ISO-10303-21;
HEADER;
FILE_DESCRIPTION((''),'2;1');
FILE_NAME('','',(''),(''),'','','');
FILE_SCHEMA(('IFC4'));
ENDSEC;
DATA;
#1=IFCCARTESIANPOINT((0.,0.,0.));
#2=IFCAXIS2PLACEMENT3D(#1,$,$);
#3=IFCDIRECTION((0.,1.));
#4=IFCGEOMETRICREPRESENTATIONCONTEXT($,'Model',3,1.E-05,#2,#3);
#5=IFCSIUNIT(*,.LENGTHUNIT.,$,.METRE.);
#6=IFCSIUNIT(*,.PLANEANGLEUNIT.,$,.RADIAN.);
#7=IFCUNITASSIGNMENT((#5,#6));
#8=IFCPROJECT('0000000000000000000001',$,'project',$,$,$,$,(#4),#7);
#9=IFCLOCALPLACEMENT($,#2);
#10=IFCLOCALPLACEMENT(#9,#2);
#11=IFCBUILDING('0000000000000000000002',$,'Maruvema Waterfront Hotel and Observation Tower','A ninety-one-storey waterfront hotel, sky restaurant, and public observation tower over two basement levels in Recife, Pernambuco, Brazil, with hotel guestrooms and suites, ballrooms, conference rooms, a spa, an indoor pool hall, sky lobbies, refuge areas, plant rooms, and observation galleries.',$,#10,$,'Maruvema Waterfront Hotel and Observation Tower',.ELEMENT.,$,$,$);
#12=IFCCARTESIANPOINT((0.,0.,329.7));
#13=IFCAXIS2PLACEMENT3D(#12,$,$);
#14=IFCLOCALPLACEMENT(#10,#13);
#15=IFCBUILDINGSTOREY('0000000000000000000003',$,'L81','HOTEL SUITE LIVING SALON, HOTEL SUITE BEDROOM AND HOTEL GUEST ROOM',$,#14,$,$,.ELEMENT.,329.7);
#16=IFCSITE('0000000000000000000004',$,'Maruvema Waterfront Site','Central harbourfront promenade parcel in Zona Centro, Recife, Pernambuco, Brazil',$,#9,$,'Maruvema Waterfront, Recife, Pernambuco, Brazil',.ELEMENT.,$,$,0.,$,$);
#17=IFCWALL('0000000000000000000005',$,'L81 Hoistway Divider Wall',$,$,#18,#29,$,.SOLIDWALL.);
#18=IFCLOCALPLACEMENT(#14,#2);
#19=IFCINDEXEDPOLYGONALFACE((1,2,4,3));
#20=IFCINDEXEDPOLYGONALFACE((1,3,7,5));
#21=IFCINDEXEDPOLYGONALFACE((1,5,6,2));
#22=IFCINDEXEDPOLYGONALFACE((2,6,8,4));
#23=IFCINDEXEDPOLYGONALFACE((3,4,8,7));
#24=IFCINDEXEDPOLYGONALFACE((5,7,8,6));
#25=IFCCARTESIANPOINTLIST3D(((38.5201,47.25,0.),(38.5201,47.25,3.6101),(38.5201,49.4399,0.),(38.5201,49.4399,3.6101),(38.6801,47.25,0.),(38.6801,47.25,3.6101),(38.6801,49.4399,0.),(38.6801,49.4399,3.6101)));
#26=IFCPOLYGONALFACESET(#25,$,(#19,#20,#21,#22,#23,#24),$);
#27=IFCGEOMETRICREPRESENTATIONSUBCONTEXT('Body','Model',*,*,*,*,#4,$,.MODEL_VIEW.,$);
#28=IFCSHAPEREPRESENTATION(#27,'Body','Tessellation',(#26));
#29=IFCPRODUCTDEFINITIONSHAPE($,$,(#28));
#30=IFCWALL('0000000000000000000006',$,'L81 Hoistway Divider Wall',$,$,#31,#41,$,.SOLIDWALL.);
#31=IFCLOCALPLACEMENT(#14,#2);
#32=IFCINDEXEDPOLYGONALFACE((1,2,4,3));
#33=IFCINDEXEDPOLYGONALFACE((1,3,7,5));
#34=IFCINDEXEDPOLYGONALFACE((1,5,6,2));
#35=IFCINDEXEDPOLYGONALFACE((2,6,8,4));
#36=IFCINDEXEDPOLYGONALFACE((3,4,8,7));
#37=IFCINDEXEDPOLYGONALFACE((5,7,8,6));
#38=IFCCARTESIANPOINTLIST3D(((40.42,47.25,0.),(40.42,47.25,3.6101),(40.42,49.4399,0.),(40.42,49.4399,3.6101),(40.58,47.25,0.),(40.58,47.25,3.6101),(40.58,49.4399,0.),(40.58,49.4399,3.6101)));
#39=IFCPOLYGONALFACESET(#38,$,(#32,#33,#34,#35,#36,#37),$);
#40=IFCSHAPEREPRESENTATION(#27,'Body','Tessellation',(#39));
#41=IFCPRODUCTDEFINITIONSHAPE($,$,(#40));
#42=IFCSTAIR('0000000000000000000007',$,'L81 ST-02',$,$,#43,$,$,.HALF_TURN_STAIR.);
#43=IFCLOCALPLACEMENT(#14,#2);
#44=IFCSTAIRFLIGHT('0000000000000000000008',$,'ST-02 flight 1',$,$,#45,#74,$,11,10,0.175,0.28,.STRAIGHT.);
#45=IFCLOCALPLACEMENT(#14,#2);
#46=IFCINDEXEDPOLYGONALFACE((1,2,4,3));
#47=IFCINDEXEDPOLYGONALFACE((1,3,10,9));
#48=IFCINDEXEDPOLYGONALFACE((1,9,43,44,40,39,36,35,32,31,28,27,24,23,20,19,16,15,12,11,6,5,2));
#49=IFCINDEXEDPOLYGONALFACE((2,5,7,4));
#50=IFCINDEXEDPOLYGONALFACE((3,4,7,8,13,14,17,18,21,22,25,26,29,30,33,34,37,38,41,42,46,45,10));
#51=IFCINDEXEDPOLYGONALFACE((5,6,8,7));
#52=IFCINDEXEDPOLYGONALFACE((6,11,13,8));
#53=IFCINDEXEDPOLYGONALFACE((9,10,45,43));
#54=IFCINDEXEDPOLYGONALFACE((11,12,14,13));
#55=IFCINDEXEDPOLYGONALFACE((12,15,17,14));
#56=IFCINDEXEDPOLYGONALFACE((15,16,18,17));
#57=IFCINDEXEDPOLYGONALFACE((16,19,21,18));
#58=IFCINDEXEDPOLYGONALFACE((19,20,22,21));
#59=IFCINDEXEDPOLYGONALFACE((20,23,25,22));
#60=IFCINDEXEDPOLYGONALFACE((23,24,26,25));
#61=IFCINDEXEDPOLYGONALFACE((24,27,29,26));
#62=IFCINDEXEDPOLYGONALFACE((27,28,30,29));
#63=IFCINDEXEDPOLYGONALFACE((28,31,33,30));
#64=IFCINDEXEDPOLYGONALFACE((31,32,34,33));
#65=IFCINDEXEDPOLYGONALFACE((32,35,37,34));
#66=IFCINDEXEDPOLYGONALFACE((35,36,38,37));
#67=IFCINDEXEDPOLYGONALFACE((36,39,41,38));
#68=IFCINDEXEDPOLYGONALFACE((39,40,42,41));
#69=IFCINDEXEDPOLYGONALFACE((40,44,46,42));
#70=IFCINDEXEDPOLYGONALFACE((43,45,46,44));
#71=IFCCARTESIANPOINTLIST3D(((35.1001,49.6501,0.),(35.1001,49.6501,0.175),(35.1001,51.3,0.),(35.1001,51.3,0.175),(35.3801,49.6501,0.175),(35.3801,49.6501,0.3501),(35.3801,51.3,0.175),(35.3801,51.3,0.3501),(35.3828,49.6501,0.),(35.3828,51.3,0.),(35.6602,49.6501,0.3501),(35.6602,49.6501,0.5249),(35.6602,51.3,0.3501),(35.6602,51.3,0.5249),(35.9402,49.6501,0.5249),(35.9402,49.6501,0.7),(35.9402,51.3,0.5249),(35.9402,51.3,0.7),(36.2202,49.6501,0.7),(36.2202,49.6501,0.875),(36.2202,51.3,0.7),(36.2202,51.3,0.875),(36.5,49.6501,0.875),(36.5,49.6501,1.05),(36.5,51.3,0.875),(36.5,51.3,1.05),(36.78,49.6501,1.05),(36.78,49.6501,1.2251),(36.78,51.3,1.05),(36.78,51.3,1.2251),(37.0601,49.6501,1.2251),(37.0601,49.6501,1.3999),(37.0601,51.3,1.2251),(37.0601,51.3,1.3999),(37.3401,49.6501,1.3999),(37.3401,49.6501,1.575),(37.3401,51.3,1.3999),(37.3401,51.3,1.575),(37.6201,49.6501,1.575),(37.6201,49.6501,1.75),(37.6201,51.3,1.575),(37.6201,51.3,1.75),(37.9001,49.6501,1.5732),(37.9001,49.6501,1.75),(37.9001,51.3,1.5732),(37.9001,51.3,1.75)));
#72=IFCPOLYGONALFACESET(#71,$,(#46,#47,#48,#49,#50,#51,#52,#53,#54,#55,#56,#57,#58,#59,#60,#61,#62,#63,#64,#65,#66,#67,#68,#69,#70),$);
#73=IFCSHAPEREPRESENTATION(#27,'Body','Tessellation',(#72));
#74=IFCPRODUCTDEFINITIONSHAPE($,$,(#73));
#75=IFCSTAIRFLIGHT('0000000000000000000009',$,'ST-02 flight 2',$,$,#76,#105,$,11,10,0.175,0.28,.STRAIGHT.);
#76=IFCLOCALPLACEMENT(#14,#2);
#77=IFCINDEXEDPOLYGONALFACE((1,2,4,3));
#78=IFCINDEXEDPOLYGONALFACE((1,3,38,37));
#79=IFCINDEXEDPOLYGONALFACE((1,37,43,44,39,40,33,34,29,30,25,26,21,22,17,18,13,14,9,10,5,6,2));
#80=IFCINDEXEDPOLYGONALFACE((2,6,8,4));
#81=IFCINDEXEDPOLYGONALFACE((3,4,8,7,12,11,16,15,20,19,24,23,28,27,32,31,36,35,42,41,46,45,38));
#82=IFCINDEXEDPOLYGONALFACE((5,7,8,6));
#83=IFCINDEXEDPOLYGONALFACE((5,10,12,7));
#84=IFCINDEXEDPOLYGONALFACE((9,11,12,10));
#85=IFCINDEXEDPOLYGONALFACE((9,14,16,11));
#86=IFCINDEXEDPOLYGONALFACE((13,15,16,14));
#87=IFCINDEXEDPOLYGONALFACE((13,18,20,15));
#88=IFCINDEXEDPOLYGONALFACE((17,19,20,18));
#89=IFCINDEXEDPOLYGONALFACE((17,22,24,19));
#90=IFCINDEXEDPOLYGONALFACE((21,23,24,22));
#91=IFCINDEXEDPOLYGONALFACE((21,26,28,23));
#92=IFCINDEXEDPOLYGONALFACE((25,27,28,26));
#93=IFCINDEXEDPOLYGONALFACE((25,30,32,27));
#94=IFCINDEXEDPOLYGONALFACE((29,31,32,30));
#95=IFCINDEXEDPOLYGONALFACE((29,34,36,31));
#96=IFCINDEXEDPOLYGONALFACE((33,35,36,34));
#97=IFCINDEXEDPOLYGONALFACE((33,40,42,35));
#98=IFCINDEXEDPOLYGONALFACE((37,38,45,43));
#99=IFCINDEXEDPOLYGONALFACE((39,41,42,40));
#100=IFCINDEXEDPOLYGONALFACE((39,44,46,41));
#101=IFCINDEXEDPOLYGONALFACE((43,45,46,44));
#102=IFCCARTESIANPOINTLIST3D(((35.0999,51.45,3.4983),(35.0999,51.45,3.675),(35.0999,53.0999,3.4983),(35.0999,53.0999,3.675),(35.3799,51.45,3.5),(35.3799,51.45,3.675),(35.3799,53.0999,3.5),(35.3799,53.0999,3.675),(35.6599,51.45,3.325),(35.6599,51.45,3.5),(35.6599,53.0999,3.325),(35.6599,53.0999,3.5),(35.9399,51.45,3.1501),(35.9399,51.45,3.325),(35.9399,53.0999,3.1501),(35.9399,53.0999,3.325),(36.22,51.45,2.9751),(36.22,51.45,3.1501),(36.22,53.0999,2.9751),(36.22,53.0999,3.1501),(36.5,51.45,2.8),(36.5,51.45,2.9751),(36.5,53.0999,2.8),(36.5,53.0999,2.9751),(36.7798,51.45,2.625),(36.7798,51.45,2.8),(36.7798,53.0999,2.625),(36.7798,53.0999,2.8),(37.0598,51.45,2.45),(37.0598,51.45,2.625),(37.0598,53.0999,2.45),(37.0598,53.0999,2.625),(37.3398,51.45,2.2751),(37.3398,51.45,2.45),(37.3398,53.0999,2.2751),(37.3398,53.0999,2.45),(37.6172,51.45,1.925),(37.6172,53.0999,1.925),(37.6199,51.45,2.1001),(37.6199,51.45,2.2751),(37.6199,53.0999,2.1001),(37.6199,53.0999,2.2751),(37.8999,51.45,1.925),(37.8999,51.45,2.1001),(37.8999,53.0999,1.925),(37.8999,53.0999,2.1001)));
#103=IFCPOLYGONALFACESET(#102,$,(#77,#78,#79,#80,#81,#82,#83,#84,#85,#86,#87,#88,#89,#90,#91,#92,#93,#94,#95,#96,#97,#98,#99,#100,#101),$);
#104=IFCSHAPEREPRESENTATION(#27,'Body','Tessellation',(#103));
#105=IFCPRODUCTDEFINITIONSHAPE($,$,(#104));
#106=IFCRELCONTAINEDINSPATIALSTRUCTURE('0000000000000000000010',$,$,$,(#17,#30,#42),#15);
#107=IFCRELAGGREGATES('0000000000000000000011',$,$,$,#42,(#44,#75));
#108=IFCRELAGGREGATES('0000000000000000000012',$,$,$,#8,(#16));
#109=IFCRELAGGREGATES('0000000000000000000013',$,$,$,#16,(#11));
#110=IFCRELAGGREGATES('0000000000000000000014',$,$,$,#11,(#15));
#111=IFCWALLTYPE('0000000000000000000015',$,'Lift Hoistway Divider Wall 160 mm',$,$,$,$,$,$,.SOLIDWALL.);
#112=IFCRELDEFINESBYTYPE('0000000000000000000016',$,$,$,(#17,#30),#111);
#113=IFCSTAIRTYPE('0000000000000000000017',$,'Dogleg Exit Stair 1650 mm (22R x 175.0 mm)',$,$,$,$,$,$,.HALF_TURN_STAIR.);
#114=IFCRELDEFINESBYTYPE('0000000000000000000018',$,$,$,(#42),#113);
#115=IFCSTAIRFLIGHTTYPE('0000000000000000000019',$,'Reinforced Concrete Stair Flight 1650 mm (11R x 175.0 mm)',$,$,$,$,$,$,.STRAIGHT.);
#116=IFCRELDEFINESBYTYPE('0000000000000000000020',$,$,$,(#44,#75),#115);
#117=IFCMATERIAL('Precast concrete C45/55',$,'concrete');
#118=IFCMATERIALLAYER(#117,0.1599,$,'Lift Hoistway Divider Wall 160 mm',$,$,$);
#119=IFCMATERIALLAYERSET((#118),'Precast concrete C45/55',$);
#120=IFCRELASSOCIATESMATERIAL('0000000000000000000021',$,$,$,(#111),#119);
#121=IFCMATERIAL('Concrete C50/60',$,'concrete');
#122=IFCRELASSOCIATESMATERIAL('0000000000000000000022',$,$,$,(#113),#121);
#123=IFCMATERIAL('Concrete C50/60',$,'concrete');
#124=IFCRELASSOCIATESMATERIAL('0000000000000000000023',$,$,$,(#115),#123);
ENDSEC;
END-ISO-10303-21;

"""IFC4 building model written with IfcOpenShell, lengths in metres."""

from ifc_helpers import new_model, si_unit, direction, frame, frame_2d, origin, place, context, subcontext, project, spatial, polyline, rectangle, outline, extrude, material, layer, layer_set, type_object, element, aggregate, save


model = new_model("IFC4")

# Units and contexts
model_context = context("Model", 3, precision=1e-05, world=origin(), true_north=direction((0.0, 1.0)))
body_context = subcontext(model_context, "Body", "Model", "MODEL_VIEW")
ifc_project = project(units=[si_unit("LENGTHUNIT", "METRE"), si_unit("PLANEANGLEUNIT", "RADIAN")], contexts=[model_context])

# Site, building, storey
site_placement = place(None, origin())
site = spatial("IfcSite", under=ifc_project, at=site_placement, Name="Maruvema Waterfront Site", Description="Central harbourfront promenade parcel in Zona Centro, Recife, Pernambuco, Brazil", LongName="Maruvema Waterfront, Recife, Pernambuco, Brazil", CompositionType="ELEMENT", RefElevation=0.0)
building_placement = place(site_placement, origin())
building = spatial("IfcBuilding", under=site, at=building_placement, Name="Maruvema Waterfront Hotel and Observation Tower", Description="A ninety-one-storey waterfront hotel, sky restaurant, and public observation tower over two basement levels in Recife, Pernambuco, Brazil, with hotel guestrooms and suites, ballrooms, conference rooms, a spa, an indoor pool hall, sky lobbies, refuge areas, plant rooms, and observation galleries.", LongName="Maruvema Waterfront Hotel and Observation Tower", CompositionType="ELEMENT")
storey_placement = place(building_placement, frame((0.0, 0.0, 329.7)))
storey = spatial("IfcBuildingStorey", under=building, at=storey_placement, Name="L81", Description="HOTEL SUITE LIVING SALON, HOTEL SUITE BEDROOM AND HOTEL GUEST ROOM", CompositionType="ELEMENT", Elevation=329.7)

# Walls
ifc_material_1 = material(Name="Precast concrete C45/55", Category="concrete")
ifc_layer_1 = layer(ifc_material_1, 0.1599, Name="Lift Hoistway Divider Wall 160 mm")
ifc_layer_set_1 = layer_set([ifc_layer_1], Name="Precast concrete C45/55")
wall_type_1 = type_object("IfcWallType", Name="Lift Hoistway Divider Wall 160 mm", PredefinedType="SOLIDWALL", material=ifc_layer_set_1)
for number, where, z_axis, x_axis, name in (
    (1, (38.6001, 47.25, 0.0), (0.0, 0.0, 1.0), (0.0, 1.0, 0.0), "L81 Hoistway Divider Wall"),
    (2, (40.5, 47.25, 0.0), (0.0, 0.0, 1.0), (0.0, 1.0, 0.0), "L81 Hoistway Divider Wall"),
):
    element("IfcWall", number, at=place(storey_placement, frame(where, z_axis=z_axis, x_axis=x_axis)), inside=storey, type_object=wall_type_1, Name=name, PredefinedType="SOLIDWALL", context=body_context, shape_type="SweptSolid", body=[
        extrude(rectangle(XDim=2.1899, YDim=0.1599, at=frame_2d((1.095, 0.0))), origin(), (0.0, 0.0, 1.0), 3.6101),
    ])

# Stair, stair flights
ifc_material_2 = material(Name="Concrete C50/60", Category="concrete")
stair_type = type_object("IfcStairType", Name="Dogleg Exit Stair 1650 mm (22R x 175.0 mm)", PredefinedType="HALF_TURN_STAIR", material=ifc_material_2)
stair_placement = place(storey_placement, origin())
stair = element("IfcStair", 3, at=stair_placement, inside=storey, type_object=stair_type, Name="L81 ST-02", PredefinedType="HALF_TURN_STAIR")
ifc_material_3 = material(Name="Concrete C50/60", Category="concrete")
stair_flight_type = type_object("IfcStairFlightType", Name="Reinforced Concrete Stair Flight 1650 mm (11R x 175.0 mm)", PredefinedType="STRAIGHT", material=ifc_material_3)
stair_flight_1_placement = place(storey_placement, frame((35.1001, 50.4751, 0.0), z_axis=(0.0, 0.0, 1.0), x_axis=(1.0, 0.0, 0.0)))
stair_flight_1 = element("IfcStairFlight", 4, at=stair_flight_1_placement, type_object=stair_flight_type, Name="ST-02 flight 1", NumberOfRisers=11, NumberOfTreads=10, PredefinedType="STRAIGHT", RiserHeight=0.175, TreadLength=0.28, context=body_context, shape_type="SweptSolid", body=[
    extrude(outline(polyline([(0.0, 0.0), (0.0, 0.175), (0.28, 0.175), (0.28, 0.3501), (0.5601, 0.3501), (0.5601, 0.5249), (0.8401, 0.5249), (0.8401, 0.7), (1.1201, 0.7), (1.1201, 0.875), (1.3999, 0.875), (1.3999, 1.05), (1.6799, 1.05), (1.6799, 1.2251), (1.96, 1.2251), (1.96, 1.3999), (2.24, 1.3999), (2.24, 1.575), (2.52, 1.575), (2.52, 1.75), (2.8, 1.75), (2.8, 1.925), (2.8, 1.5732), (0.2827, 0.0), (0.0, 0.0)])), frame((0.0, 0.825, 0.0), z_axis=(0.0, -1.0, 0.0), x_axis=(1.0, 0.0, 0.0)), (0.0, 0.0, 1.0), 1.6499),
])
stair_flight_2_placement = place(storey_placement, frame((37.8999, 52.2749, 1.925), z_axis=(0.0, 0.0, 1.0), x_axis=(-1.0, 0.0, 0.0)))
stair_flight_2 = element("IfcStairFlight", 5, at=stair_flight_2_placement, type_object=stair_flight_type, Name="ST-02 flight 2", NumberOfRisers=11, NumberOfTreads=10, PredefinedType="STRAIGHT", RiserHeight=0.175, TreadLength=0.28, context=body_context, shape_type="SweptSolid", body=[
    extrude(outline(polyline([(0.0, 0.0), (0.0, 0.175), (0.28, 0.175), (0.28, 0.3501), (0.5601, 0.3501), (0.5601, 0.5249), (0.8401, 0.5249), (0.8401, 0.7), (1.1201, 0.7), (1.1201, 0.875), (1.3999, 0.875), (1.3999, 1.05), (1.6799, 1.05), (1.6799, 1.2251), (1.96, 1.2251), (1.96, 1.3999), (2.24, 1.3999), (2.24, 1.575), (2.52, 1.575), (2.52, 1.75), (2.8, 1.75), (2.8, 1.925), (2.8, 1.5732), (0.2827, 0.0), (0.0, 0.0)])), frame((0.0, 0.825, 0.0), z_axis=(0.0, -1.0, 0.0), x_axis=(1.0, 0.0, 0.0)), (0.0, 0.0, 1.0), 1.6499),
])
aggregate(stair, [stair_flight_1, stair_flight_2])

save(model, "model.ifc")
